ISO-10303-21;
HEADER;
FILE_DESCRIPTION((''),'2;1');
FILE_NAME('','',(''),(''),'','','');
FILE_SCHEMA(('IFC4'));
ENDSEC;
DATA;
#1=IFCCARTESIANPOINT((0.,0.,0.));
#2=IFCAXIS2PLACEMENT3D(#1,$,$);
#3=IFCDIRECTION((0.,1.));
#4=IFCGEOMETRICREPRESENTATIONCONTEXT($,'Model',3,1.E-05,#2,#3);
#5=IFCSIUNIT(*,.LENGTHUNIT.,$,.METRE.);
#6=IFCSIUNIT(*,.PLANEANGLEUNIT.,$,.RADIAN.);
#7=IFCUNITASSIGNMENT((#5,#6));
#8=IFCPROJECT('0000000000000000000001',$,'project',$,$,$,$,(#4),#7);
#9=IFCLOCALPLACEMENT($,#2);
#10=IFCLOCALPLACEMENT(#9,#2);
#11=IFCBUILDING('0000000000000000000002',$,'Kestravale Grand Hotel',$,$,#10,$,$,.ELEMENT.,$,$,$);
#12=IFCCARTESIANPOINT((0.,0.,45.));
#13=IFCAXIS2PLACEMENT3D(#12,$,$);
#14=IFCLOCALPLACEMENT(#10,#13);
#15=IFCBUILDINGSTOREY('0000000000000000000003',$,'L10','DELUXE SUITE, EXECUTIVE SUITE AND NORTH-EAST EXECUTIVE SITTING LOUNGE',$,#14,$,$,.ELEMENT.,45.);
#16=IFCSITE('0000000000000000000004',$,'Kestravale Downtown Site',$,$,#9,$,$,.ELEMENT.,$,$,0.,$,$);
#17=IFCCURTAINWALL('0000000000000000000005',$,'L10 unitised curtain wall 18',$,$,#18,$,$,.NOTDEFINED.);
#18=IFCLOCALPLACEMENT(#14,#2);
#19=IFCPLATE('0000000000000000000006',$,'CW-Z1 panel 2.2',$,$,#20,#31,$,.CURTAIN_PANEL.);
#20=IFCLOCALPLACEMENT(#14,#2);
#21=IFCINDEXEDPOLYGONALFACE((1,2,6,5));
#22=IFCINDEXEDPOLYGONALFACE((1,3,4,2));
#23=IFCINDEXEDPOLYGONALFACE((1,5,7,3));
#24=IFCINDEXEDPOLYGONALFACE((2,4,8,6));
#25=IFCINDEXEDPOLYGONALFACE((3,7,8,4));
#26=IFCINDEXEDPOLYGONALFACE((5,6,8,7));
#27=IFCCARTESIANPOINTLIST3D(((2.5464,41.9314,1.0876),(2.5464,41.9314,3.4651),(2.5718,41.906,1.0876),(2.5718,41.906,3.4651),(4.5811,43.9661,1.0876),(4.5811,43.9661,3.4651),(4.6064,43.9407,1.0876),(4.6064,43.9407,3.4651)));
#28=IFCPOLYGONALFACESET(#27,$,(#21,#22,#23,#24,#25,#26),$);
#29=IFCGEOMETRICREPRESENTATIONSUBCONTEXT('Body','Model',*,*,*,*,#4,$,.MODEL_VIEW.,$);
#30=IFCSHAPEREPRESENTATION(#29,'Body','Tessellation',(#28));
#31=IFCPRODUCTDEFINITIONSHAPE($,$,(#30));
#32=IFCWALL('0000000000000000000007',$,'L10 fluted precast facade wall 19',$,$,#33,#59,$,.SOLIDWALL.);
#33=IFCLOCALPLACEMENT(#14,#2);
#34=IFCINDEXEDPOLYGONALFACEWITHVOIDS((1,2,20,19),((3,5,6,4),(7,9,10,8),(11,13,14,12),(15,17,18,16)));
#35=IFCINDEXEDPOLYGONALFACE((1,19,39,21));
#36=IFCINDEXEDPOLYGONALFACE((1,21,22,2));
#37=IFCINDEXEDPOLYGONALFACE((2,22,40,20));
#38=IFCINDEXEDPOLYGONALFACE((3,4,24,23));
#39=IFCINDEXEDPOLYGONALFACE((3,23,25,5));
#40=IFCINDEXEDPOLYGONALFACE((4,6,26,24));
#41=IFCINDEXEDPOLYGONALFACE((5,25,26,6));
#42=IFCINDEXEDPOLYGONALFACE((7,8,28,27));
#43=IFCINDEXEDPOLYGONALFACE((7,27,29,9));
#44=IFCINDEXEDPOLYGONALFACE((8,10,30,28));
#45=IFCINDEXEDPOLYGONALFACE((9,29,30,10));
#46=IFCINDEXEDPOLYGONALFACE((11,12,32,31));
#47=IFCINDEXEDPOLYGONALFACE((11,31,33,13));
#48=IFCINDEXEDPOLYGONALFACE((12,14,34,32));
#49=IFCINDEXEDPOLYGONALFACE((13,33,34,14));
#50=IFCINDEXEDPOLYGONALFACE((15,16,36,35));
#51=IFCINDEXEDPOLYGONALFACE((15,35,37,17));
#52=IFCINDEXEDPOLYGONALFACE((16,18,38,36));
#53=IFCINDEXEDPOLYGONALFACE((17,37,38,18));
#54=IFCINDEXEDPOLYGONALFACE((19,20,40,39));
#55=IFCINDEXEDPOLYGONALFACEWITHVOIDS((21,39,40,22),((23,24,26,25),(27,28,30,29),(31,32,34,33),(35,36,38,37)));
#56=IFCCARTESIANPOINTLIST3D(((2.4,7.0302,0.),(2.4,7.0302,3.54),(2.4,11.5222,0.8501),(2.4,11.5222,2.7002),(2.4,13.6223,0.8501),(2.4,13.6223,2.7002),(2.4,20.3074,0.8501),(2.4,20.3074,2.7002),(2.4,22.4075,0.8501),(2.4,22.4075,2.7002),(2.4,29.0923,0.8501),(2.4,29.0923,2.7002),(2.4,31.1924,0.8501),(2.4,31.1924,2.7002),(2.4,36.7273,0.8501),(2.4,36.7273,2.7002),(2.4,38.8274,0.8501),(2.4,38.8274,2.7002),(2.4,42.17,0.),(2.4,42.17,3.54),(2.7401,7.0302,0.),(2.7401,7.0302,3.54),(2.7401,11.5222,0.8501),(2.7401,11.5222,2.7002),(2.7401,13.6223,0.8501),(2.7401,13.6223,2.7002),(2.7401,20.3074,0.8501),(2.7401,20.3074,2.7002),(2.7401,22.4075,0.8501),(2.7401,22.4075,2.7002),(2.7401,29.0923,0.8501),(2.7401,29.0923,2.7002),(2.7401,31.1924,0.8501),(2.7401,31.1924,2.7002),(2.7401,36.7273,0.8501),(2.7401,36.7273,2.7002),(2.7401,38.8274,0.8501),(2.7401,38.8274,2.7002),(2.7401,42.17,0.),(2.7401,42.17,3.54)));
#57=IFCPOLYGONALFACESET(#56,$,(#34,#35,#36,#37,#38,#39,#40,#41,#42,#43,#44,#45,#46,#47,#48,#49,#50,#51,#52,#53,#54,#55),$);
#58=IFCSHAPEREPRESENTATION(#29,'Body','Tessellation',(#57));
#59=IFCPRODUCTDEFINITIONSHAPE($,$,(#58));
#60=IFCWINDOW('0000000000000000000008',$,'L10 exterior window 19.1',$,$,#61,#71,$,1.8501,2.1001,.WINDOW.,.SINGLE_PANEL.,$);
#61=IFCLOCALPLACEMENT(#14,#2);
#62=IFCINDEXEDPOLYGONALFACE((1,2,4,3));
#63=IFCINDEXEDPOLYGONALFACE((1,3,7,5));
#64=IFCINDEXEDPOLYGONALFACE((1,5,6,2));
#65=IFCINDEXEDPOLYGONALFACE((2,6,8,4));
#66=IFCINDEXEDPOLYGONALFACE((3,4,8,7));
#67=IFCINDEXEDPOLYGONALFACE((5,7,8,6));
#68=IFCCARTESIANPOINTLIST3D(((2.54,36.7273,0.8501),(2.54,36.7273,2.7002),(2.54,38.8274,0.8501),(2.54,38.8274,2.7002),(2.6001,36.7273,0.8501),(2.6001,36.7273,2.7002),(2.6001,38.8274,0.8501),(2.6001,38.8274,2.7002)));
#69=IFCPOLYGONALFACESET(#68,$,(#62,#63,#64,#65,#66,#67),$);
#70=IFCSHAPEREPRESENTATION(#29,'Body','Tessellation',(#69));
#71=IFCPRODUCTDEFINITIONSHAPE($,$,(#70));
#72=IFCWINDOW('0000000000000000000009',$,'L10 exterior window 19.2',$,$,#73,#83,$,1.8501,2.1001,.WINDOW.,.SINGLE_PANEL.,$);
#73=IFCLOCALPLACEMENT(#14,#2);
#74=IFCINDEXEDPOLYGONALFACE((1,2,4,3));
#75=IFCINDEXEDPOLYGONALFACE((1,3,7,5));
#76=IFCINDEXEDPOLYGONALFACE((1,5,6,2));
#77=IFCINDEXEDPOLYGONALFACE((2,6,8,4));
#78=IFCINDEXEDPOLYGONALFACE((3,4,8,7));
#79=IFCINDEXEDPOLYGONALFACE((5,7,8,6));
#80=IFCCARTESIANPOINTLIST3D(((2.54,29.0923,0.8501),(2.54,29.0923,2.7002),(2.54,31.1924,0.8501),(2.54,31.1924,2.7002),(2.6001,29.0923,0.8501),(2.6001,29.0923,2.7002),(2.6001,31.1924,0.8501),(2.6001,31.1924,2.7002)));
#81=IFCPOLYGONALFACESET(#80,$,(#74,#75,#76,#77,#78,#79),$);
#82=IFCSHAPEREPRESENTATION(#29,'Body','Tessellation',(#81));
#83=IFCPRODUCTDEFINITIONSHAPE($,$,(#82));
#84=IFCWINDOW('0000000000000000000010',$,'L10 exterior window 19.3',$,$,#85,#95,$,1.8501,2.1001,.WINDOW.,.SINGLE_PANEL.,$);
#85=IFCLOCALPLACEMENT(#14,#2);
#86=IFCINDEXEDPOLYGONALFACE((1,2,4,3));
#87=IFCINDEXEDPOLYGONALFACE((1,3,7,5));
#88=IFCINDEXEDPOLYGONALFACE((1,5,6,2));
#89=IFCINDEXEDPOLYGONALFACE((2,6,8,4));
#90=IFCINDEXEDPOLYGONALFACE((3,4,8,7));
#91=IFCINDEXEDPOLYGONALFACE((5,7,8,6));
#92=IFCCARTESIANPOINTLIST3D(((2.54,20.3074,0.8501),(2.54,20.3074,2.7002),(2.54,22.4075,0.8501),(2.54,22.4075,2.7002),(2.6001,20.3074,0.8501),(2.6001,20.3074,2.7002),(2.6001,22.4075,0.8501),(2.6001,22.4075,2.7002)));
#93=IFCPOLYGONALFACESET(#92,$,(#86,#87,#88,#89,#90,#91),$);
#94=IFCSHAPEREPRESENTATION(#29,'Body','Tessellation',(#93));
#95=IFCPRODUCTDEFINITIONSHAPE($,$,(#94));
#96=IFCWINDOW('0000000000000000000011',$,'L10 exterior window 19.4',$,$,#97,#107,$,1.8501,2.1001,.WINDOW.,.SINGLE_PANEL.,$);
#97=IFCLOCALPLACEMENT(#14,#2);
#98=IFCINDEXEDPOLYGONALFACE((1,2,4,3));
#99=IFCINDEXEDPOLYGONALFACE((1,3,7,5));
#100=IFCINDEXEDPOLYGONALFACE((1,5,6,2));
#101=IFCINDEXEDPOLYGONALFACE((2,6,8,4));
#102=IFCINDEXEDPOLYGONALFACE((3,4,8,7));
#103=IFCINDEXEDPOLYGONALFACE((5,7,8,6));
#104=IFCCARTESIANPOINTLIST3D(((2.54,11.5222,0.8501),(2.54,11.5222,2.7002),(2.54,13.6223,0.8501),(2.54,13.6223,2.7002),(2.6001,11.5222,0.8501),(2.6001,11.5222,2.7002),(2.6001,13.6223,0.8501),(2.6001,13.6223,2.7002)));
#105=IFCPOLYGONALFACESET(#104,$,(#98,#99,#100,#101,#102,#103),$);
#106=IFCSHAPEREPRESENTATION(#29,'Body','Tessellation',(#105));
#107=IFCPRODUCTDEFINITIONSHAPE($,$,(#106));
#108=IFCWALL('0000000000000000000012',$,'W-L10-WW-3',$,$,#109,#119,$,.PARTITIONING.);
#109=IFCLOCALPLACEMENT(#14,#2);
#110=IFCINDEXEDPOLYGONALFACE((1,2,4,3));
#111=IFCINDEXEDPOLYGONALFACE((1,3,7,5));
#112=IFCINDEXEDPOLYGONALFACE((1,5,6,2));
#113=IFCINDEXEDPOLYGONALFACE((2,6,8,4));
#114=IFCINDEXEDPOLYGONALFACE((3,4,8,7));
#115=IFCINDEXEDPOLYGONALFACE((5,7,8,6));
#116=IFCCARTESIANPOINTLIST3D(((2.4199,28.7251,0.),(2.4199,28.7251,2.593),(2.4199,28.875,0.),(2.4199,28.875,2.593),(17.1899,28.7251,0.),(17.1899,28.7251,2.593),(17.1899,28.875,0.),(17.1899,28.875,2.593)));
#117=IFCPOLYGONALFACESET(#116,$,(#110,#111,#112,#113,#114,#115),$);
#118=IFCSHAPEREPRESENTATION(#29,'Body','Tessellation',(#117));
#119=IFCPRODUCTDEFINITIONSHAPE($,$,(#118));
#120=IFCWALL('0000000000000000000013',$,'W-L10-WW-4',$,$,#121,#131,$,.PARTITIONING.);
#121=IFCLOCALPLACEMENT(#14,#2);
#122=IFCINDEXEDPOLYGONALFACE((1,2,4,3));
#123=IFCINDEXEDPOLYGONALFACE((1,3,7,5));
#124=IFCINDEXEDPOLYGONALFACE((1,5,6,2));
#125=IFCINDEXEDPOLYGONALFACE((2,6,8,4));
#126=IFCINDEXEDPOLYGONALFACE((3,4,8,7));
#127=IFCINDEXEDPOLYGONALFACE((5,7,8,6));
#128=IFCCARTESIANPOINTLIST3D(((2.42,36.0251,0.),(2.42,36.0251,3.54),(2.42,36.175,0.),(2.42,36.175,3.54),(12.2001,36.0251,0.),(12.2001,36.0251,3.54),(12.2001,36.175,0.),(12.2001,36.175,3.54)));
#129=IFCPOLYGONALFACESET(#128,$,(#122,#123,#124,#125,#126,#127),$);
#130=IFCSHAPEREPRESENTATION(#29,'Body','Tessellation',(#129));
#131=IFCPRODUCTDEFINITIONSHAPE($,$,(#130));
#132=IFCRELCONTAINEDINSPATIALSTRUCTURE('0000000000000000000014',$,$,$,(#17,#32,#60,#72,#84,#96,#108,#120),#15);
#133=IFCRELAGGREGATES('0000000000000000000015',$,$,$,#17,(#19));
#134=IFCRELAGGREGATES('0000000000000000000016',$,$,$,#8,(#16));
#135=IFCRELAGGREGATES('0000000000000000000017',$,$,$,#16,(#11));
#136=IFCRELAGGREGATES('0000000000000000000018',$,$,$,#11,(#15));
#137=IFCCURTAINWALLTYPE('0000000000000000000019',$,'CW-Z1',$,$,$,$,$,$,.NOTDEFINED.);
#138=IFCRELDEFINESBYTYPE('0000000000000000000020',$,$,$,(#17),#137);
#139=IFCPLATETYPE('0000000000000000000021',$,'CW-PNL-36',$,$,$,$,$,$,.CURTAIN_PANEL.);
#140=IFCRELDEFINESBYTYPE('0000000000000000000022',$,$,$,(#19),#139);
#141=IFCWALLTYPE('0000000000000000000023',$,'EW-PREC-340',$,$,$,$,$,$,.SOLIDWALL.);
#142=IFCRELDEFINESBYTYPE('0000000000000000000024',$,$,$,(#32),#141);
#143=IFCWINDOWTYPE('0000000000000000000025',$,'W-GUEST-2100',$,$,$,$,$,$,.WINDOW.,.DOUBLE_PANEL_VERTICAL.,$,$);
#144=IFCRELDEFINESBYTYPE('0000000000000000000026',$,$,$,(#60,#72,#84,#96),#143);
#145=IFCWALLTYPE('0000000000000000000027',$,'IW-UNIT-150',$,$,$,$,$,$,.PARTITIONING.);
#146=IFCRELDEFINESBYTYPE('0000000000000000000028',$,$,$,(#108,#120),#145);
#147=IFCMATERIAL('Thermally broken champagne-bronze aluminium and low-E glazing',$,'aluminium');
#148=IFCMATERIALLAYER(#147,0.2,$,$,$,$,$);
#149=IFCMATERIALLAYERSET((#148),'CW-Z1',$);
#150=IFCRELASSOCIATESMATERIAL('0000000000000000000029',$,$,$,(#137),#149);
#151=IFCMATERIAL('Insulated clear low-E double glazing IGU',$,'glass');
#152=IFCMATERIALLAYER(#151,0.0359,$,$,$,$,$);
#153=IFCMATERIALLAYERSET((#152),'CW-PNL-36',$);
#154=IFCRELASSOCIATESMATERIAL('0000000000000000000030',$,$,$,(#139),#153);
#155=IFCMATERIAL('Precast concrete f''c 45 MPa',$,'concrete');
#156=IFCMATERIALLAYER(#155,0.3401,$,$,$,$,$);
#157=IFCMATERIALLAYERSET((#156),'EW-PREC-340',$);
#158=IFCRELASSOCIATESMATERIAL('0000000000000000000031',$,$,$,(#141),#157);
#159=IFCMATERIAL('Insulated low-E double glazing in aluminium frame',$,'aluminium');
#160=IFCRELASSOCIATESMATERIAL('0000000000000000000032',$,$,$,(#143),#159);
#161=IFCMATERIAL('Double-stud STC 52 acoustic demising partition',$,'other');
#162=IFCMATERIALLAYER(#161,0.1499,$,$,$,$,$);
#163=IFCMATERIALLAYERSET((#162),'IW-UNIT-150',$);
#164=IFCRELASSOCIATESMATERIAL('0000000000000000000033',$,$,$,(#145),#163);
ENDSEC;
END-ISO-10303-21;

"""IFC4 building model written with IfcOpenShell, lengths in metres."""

from ifc_helpers import new_model, si_unit, direction, frame, frame_2d, origin, origin_2d, place, context, subcontext, project, spatial, rectangle, extrude, material, layer, layer_set, type_object, element, fill, aggregate, save


model = new_model("IFC4")

# Units and contexts
model_context = context("Model", 3, precision=1e-05, world=origin(), true_north=direction((0.0, 1.0)))
body_context = subcontext(model_context, "Body", "Model", "MODEL_VIEW")
ifc_project = project(units=[si_unit("LENGTHUNIT", "METRE"), si_unit("PLANEANGLEUNIT", "RADIAN")], contexts=[model_context])

# Site, building, storey
site_placement = place(None, origin())
site = spatial("IfcSite", under=ifc_project, at=site_placement, Name="Kestravale Downtown Site", CompositionType="ELEMENT", RefElevation=0.0)
building_placement = place(site_placement, origin())
building = spatial("IfcBuilding", under=site, at=building_placement, Name="Kestravale Grand Hotel", CompositionType="ELEMENT")
storey_placement = place(building_placement, frame((0.0, 0.0, 45.0)))
storey = spatial("IfcBuildingStorey", under=building, at=storey_placement, Name="L10", Description="DELUXE SUITE, EXECUTIVE SUITE AND NORTH-EAST EXECUTIVE SITTING LOUNGE", CompositionType="ELEMENT", Elevation=45.0)

# Curtain wall, plate
ifc_material_1 = material(Name="Thermally broken champagne-bronze aluminium and low-E glazing", Category="aluminium")
ifc_layer_1 = layer(ifc_material_1, 0.2)
ifc_layer_set_1 = layer_set([ifc_layer_1], Name="CW-Z1")
curtain_wall_type = type_object("IfcCurtainWallType", Name="CW-Z1", PredefinedType="NOTDEFINED", material=ifc_layer_set_1)
curtain_wall_placement = place(storey_placement, origin())
curtain_wall = element("IfcCurtainWall", 1, at=curtain_wall_placement, inside=storey, type_object=curtain_wall_type, Name="L10 unitised curtain wall 18", PredefinedType="NOTDEFINED")
ifc_material_2 = material(Name="Insulated clear low-E double glazing IGU", Category="glass")
ifc_layer_2 = layer(ifc_material_2, 0.0359)
ifc_layer_set_2 = layer_set([ifc_layer_2], Name="CW-PNL-36")
plate_type = type_object("IfcPlateType", Name="CW-PNL-36", PredefinedType="CURTAIN_PANEL", material=ifc_layer_set_2)
plate_1_placement = place(storey_placement, frame((3.5764, 42.936, 1.0876), z_axis=(0.0, 0.0, 1.0), x_axis=(-0.707107, -0.707107, 0.0)))
plate_1 = element("IfcPlate", 2, at=plate_1_placement, type_object=plate_type, Name="CW-Z1 panel 2.2", PredefinedType="CURTAIN_PANEL", context=body_context, shape_type="SweptSolid", body=[
    extrude(rectangle(XDim=2.8774, YDim=0.0359, at=origin_2d()), origin(), (0.0, 0.0, 1.0), 2.3774),
])
aggregate(curtain_wall, [plate_1])

# Wall, openings, windows
ifc_material_3 = material(Name="Precast concrete f'c 45 MPa", Category="concrete")
ifc_layer_3 = layer(ifc_material_3, 0.3401)
ifc_layer_set_3 = layer_set([ifc_layer_3], Name="EW-PREC-340")
wall_type_1 = type_object("IfcWallType", Name="EW-PREC-340", PredefinedType="SOLIDWALL", material=ifc_layer_set_3)
wall_1_placement = place(storey_placement, frame((2.5701, 42.1699, 0.0), z_axis=(0.0, 0.0, 1.0), x_axis=(0.0, -1.0, 0.0)))
wall_1 = element("IfcWall", 3, at=wall_1_placement, inside=storey, type_object=wall_type_1, Name="L10 fluted precast facade wall 19", PredefinedType="SOLIDWALL", context=body_context, shape_type="SweptSolid", body=[
    extrude(rectangle(XDim=35.1399, YDim=0.3401, at=frame_2d((17.5698, 0.0))), origin(), (0.0, 0.0, 1.0), 3.54),
])
opening_1_placement = place(wall_1_placement, frame((3.3425, 0.0, 0.8501)))
opening_1 = element("IfcOpeningElement", 4, at=opening_1_placement, cuts=wall_1, PredefinedType="OPENING", context=body_context, shape_type="SweptSolid", body=[
    extrude(rectangle(XDim=2.1001, YDim=1.8501, at=frame_2d((1.05, 0.925))), frame((0.0, 0.1799, 0.0), z_axis=(0.0, -1.0, 0.0), x_axis=(1.0, 0.0, 0.0)), (0.0, 0.0, 1.0), 0.3601),
])
opening_2_placement = place(wall_1_placement, frame((10.9775, 0.0, 0.8501)))
opening_2 = element("IfcOpeningElement", 5, at=opening_2_placement, cuts=wall_1, PredefinedType="OPENING", context=body_context, shape_type="SweptSolid", body=[
    extrude(rectangle(XDim=2.1001, YDim=1.8501, at=frame_2d((1.05, 0.925))), frame((0.0, 0.1799, 0.0), z_axis=(0.0, -1.0, 0.0), x_axis=(1.0, 0.0, 0.0)), (0.0, 0.0, 1.0), 0.3601),
])
opening_3_placement = place(wall_1_placement, frame((19.7625, 0.0, 0.8501)))
opening_3 = element("IfcOpeningElement", 6, at=opening_3_placement, cuts=wall_1, PredefinedType="OPENING", context=body_context, shape_type="SweptSolid", body=[
    extrude(rectangle(XDim=2.1001, YDim=1.8501, at=frame_2d((1.05, 0.925))), frame((0.0, 0.1799, 0.0), z_axis=(0.0, -1.0, 0.0), x_axis=(1.0, 0.0, 0.0)), (0.0, 0.0, 1.0), 0.3601),
])
opening_4_placement = place(wall_1_placement, frame((28.5476, 0.0, 0.8501)))
opening_4 = element("IfcOpeningElement", 7, at=opening_4_placement, cuts=wall_1, PredefinedType="OPENING", context=body_context, shape_type="SweptSolid", body=[
    extrude(rectangle(XDim=2.1001, YDim=1.8501, at=frame_2d((1.05, 0.925))), frame((0.0, 0.1799, 0.0), z_axis=(0.0, -1.0, 0.0), x_axis=(1.0, 0.0, 0.0)), (0.0, 0.0, 1.0), 0.3601),
])
ifc_material_4 = material(Name="Insulated low-E double glazing in aluminium frame", Category="aluminium")
window_type = type_object("IfcWindowType", Name="W-GUEST-2100", PartitioningType="DOUBLE_PANEL_VERTICAL", PredefinedType="WINDOW", material=ifc_material_4)
window_1_placement = place(opening_1_placement, origin())
window_1 = element("IfcWindow", 8, at=window_1_placement, inside=storey, type_object=window_type, Name="L10 exterior window 19.1", OverallHeight=1.8501, OverallWidth=2.1001, PartitioningType="SINGLE_PANEL", PredefinedType="WINDOW", context=body_context, shape_type="SweptSolid", body=[
    extrude(rectangle(XDim=2.1001, YDim=1.8501, at=frame_2d((1.05, 0.925))), frame((0.0, 0.03, 0.0), z_axis=(0.0, -1.0, 0.0), x_axis=(1.0, 0.0, 0.0)), (0.0, 0.0, 1.0), 0.0601),
])
fill(opening_1, window_1)
window_2_placement = place(opening_2_placement, origin())
window_2 = element("IfcWindow", 9, at=window_2_placement, inside=storey, type_object=window_type, Name="L10 exterior window 19.2", OverallHeight=1.8501, OverallWidth=2.1001, PartitioningType="SINGLE_PANEL", PredefinedType="WINDOW", context=body_context, shape_type="SweptSolid", body=[
    extrude(rectangle(XDim=2.1001, YDim=1.8501, at=frame_2d((1.05, 0.925))), frame((0.0, 0.03, 0.0), z_axis=(0.0, -1.0, 0.0), x_axis=(1.0, 0.0, 0.0)), (0.0, 0.0, 1.0), 0.0601),
])
fill(opening_2, window_2)
window_3_placement = place(opening_3_placement, origin())
window_3 = element("IfcWindow", 10, at=window_3_placement, inside=storey, type_object=window_type, Name="L10 exterior window 19.3", OverallHeight=1.8501, OverallWidth=2.1001, PartitioningType="SINGLE_PANEL", PredefinedType="WINDOW", context=body_context, shape_type="SweptSolid", body=[
    extrude(rectangle(XDim=2.1001, YDim=1.8501, at=frame_2d((1.05, 0.925))), frame((0.0, 0.03, 0.0), z_axis=(0.0, -1.0, 0.0), x_axis=(1.0, 0.0, 0.0)), (0.0, 0.0, 1.0), 0.0601),
])
fill(opening_3, window_3)
window_4_placement = place(opening_4_placement, origin())
window_4 = element("IfcWindow", 11, at=window_4_placement, inside=storey, type_object=window_type, Name="L10 exterior window 19.4", OverallHeight=1.8501, OverallWidth=2.1001, PartitioningType="SINGLE_PANEL", PredefinedType="WINDOW", context=body_context, shape_type="SweptSolid", body=[
    extrude(rectangle(XDim=2.1001, YDim=1.8501, at=frame_2d((1.05, 0.925))), frame((0.0, 0.03, 0.0), z_axis=(0.0, -1.0, 0.0), x_axis=(1.0, 0.0, 0.0)), (0.0, 0.0, 1.0), 0.0601),
])
fill(opening_4, window_4)

# Walls
ifc_material_5 = material(Name="Double-stud STC 52 acoustic demising partition", Category="other")
ifc_layer_4 = layer(ifc_material_5, 0.1499)
ifc_layer_set_4 = layer_set([ifc_layer_4], Name="IW-UNIT-150")
wall_type_2 = type_object("IfcWallType", Name="IW-UNIT-150", PredefinedType="PARTITIONING", material=ifc_layer_set_4)
wall_2_placement = place(storey_placement, frame((2.4199, 28.8, 0.0), z_axis=(0.0, 0.0, 1.0), x_axis=(1.0, 0.0, 0.0)))
element("IfcWall", 12, at=wall_2_placement, inside=storey, type_object=wall_type_2, Name="W-L10-WW-3", PredefinedType="PARTITIONING", context=body_context, shape_type="SweptSolid", body=[
    extrude(rectangle(XDim=14.77, YDim=0.1499, at=frame_2d((7.385, 0.0))), origin(), (0.0, 0.0, 1.0), 2.593),
])
wall_3_placement = place(storey_placement, frame((2.4199, 36.1001, 0.0), z_axis=(0.0, 0.0, 1.0), x_axis=(1.0, 0.0, 0.0)))
element("IfcWall", 13, at=wall_3_placement, inside=storey, type_object=wall_type_2, Name="W-L10-WW-4", PredefinedType="PARTITIONING", context=body_context, shape_type="SweptSolid", body=[
    extrude(rectangle(XDim=9.78, YDim=0.1499, at=frame_2d((4.8901, 0.0))), origin(), (0.0, 0.0, 1.0), 3.54),
])

save(model, "model.ifc")
